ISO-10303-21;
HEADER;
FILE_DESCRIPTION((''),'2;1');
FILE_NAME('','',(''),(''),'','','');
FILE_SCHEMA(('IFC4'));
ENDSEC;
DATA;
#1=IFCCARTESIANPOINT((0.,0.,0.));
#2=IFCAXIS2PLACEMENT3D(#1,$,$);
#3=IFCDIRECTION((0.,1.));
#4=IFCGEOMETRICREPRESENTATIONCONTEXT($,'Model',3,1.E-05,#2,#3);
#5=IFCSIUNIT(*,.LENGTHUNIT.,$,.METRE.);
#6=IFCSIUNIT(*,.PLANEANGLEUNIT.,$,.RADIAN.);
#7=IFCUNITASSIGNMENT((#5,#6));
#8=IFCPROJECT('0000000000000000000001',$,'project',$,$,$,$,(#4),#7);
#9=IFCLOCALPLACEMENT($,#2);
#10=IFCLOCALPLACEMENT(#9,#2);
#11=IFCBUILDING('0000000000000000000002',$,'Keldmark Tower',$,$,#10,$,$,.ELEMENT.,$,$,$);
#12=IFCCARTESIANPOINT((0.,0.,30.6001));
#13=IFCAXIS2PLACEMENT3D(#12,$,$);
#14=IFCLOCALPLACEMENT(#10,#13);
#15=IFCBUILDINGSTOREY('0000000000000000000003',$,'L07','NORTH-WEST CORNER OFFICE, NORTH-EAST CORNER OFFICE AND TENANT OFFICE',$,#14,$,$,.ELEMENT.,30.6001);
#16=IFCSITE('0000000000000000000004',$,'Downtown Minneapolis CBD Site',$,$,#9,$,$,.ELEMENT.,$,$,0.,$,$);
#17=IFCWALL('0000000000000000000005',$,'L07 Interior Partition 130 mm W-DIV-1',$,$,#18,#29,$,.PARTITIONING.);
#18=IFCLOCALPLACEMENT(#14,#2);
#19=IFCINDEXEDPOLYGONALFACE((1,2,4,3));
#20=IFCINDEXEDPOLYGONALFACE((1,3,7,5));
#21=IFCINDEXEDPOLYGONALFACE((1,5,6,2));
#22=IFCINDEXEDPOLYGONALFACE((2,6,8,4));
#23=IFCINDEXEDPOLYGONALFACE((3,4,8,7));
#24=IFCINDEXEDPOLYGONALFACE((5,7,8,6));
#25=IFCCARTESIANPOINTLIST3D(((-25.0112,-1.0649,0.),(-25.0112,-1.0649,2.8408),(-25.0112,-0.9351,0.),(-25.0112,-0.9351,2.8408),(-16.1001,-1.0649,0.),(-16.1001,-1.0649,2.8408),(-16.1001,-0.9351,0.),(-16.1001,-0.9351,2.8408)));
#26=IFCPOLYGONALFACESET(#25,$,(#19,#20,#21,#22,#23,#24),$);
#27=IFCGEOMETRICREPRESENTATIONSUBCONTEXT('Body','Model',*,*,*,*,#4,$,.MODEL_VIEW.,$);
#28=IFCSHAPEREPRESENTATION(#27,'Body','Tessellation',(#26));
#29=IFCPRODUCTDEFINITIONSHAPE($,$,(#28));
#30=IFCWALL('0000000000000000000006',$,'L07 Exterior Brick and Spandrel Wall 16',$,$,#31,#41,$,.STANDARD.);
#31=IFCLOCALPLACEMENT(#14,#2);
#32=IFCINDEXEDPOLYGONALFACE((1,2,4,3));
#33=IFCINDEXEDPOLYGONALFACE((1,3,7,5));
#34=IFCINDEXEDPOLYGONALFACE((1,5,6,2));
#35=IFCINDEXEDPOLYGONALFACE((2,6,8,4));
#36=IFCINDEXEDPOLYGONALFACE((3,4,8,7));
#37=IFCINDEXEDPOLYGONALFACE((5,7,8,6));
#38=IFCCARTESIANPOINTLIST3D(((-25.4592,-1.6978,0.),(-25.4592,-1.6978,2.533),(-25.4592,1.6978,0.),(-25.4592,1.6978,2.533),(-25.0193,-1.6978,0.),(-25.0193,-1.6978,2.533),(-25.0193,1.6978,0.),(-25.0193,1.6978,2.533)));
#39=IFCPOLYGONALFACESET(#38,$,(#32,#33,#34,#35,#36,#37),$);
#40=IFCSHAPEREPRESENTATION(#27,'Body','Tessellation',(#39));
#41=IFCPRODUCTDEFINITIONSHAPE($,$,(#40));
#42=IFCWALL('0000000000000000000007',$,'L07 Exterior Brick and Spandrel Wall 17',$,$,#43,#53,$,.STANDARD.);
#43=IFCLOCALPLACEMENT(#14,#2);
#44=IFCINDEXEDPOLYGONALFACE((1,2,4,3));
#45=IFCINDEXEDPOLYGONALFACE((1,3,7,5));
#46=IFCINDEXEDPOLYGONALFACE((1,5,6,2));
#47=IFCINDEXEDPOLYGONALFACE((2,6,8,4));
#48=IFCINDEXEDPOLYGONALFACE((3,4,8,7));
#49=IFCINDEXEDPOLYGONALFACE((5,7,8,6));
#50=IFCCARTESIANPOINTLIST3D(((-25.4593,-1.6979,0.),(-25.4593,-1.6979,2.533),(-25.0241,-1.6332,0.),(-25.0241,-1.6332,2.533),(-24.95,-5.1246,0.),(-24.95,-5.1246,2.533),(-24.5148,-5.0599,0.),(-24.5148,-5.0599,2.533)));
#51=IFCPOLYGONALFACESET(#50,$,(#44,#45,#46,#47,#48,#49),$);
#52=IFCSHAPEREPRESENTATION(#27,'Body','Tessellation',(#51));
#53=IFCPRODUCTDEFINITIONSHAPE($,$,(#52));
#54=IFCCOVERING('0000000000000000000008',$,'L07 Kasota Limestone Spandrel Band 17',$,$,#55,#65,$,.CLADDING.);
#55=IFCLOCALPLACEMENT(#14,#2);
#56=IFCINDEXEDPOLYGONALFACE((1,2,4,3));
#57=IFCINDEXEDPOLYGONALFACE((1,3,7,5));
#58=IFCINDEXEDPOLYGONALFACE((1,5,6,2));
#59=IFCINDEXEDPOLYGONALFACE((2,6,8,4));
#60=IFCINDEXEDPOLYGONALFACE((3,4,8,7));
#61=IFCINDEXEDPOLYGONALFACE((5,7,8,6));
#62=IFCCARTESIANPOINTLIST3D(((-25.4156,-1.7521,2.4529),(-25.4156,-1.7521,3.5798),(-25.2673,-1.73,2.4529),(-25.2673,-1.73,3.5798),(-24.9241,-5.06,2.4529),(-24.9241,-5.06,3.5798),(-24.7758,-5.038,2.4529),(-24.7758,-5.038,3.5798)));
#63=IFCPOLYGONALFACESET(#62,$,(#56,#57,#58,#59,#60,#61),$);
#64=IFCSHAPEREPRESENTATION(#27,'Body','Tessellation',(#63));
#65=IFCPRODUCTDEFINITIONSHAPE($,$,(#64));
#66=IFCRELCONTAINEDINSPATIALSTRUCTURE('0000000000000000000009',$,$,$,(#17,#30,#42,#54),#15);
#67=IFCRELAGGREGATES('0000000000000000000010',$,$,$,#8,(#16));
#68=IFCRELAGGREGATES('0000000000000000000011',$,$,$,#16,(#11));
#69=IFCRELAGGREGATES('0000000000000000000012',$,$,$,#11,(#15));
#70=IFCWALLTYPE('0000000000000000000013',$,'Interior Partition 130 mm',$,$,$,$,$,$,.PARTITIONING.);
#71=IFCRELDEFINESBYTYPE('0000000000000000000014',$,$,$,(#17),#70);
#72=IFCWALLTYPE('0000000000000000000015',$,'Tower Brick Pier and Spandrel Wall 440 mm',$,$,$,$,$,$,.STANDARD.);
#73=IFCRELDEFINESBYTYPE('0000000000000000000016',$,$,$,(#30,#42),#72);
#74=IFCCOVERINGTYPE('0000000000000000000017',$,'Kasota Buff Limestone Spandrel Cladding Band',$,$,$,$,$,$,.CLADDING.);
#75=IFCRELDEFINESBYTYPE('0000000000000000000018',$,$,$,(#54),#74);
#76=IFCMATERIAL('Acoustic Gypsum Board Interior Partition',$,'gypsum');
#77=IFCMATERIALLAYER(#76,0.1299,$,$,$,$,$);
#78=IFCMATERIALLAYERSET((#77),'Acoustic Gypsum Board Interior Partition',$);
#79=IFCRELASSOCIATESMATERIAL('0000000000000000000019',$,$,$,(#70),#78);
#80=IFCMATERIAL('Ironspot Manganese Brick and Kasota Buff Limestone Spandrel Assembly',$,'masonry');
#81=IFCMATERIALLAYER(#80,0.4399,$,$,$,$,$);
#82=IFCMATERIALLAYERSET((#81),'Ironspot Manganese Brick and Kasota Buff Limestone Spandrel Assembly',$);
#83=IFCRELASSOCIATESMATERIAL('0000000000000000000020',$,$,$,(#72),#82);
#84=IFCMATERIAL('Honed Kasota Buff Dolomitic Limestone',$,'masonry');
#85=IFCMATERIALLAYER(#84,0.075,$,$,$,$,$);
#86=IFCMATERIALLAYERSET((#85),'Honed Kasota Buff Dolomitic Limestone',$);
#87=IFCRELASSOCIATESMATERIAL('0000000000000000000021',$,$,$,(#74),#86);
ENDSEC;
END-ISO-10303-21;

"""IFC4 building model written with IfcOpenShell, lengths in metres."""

from ifc_helpers import new_model, si_unit, direction, frame, frame_2d, origin, origin_2d, place, context, subcontext, project, spatial, rectangle, extrude, material, layer, layer_set, type_object, element, save


model = new_model("IFC4")

# Units and contexts
model_context = context("Model", 3, precision=1e-05, world=origin(), true_north=direction((0.0, 1.0)))
body_context = subcontext(model_context, "Body", "Model", "MODEL_VIEW")
ifc_project = project(units=[si_unit("LENGTHUNIT", "METRE"), si_unit("PLANEANGLEUNIT", "RADIAN")], contexts=[model_context])

# Site, building, storey
site_placement = place(None, origin())
site = spatial("IfcSite", under=ifc_project, at=site_placement, Name="Downtown Minneapolis CBD Site", CompositionType="ELEMENT", RefElevation=0.0)
building_placement = place(site_placement, origin())
building = spatial("IfcBuilding", under=site, at=building_placement, Name="Keldmark Tower", CompositionType="ELEMENT")
storey_placement = place(building_placement, frame((0.0, 0.0, 30.6001)))
storey = spatial("IfcBuildingStorey", under=building, at=storey_placement, Name="L07", Description="NORTH-WEST CORNER OFFICE, NORTH-EAST CORNER OFFICE AND TENANT OFFICE", CompositionType="ELEMENT", Elevation=30.6001)

# Shared definitions
ifc_material_1 = material(Name="Acoustic Gypsum Board Interior Partition", Category="gypsum")
ifc_layer_1 = layer(ifc_material_1, 0.1299)
ifc_layer_set_1 = layer_set([ifc_layer_1], Name="Acoustic Gypsum Board Interior Partition")
wall_type_1 = type_object("IfcWallType", Name="Interior Partition 130 mm", PredefinedType="PARTITIONING", material=ifc_layer_set_1)

# Walls
wall_1_placement = place(storey_placement, frame((-25.0112, -1.0, 0.0), z_axis=(0.0, 0.0, 1.0), x_axis=(1.0, 0.0, 0.0)))
element("IfcWall", 1, at=wall_1_placement, inside=storey, type_object=wall_type_1, Name="L07 Interior Partition 130 mm W-DIV-1", PredefinedType="PARTITIONING", context=body_context, shape_type="SweptSolid", body=[
    extrude(rectangle(XDim=8.9111, YDim=0.1299, at=frame_2d((4.4556, 0.0))), origin(), (0.0, 0.0, 1.0), 2.8408),
])
ifc_material_2 = material(Name="Ironspot Manganese Brick and Kasota Buff Limestone Spandrel Assembly", Category="masonry")
ifc_layer_2 = layer(ifc_material_2, 0.4399)
ifc_layer_set_2 = layer_set([ifc_layer_2], Name="Ironspot Manganese Brick and Kasota Buff Limestone Spandrel Assembly")
wall_type_2 = type_object("IfcWallType", Name="Tower Brick Pier and Spandrel Wall 440 mm", PredefinedType="STANDARD", material=ifc_layer_set_2)
wall_2_placement = place(storey_placement, frame((-25.2393, -1.6978, 0.0), z_axis=(0.0, 0.0, 1.0), x_axis=(0.0, 1.0, 0.0)))
element("IfcWall", 2, at=wall_2_placement, inside=storey, type_object=wall_type_2, Name="L07 Exterior Brick and Spandrel Wall 16", PredefinedType="STANDARD", context=body_context, shape_type="SweptSolid", body=[
    extrude(rectangle(XDim=3.3955, YDim=0.4399, at=frame_2d((1.6978, 0.0))), origin(), (0.0, 0.0, 1.0), 2.533),
])
wall_3_placement = place(storey_placement, frame((-24.7324, -5.0923, 0.0), z_axis=(0.0, 0.0, 1.0), x_axis=(-0.147003, 0.989136, 0.0)))
element("IfcWall", 3, at=wall_3_placement, inside=storey, type_object=wall_type_2, Name="L07 Exterior Brick and Spandrel Wall 17", PredefinedType="STANDARD", context=body_context, shape_type="SweptSolid", body=[
    extrude(rectangle(XDim=3.4644, YDim=0.4399, at=frame_2d((1.7322, 0.0))), origin(), (0.0, 0.0, 1.0), 2.533),
])

# Covering
ifc_material_3 = material(Name="Honed Kasota Buff Dolomitic Limestone", Category="masonry")
ifc_layer_3 = layer(ifc_material_3, 0.075)
ifc_layer_set_3 = layer_set([ifc_layer_3], Name="Honed Kasota Buff Dolomitic Limestone")
covering_type = type_object("IfcCoveringType", Name="Kasota Buff Limestone Spandrel Cladding Band", PredefinedType="CLADDING", material=ifc_layer_set_3)
covering_placement = place(storey_placement, frame((-25.0957, -3.395, 2.4529), z_axis=(0.0, 0.0, 1.0), x_axis=(0.146981, -0.989139, 0.0)))
element("IfcCovering", 4, at=covering_placement, inside=storey, type_object=covering_type, Name="L07 Kasota Limestone Spandrel Band 17", PredefinedType="CLADDING", context=body_context, shape_type="SweptSolid", body=[
    extrude(rectangle(XDim=3.3442, YDim=0.1499, at=origin_2d()), origin(), (0.0, 0.0, 1.0), 1.127),
])

save(model, "model.ifc")
